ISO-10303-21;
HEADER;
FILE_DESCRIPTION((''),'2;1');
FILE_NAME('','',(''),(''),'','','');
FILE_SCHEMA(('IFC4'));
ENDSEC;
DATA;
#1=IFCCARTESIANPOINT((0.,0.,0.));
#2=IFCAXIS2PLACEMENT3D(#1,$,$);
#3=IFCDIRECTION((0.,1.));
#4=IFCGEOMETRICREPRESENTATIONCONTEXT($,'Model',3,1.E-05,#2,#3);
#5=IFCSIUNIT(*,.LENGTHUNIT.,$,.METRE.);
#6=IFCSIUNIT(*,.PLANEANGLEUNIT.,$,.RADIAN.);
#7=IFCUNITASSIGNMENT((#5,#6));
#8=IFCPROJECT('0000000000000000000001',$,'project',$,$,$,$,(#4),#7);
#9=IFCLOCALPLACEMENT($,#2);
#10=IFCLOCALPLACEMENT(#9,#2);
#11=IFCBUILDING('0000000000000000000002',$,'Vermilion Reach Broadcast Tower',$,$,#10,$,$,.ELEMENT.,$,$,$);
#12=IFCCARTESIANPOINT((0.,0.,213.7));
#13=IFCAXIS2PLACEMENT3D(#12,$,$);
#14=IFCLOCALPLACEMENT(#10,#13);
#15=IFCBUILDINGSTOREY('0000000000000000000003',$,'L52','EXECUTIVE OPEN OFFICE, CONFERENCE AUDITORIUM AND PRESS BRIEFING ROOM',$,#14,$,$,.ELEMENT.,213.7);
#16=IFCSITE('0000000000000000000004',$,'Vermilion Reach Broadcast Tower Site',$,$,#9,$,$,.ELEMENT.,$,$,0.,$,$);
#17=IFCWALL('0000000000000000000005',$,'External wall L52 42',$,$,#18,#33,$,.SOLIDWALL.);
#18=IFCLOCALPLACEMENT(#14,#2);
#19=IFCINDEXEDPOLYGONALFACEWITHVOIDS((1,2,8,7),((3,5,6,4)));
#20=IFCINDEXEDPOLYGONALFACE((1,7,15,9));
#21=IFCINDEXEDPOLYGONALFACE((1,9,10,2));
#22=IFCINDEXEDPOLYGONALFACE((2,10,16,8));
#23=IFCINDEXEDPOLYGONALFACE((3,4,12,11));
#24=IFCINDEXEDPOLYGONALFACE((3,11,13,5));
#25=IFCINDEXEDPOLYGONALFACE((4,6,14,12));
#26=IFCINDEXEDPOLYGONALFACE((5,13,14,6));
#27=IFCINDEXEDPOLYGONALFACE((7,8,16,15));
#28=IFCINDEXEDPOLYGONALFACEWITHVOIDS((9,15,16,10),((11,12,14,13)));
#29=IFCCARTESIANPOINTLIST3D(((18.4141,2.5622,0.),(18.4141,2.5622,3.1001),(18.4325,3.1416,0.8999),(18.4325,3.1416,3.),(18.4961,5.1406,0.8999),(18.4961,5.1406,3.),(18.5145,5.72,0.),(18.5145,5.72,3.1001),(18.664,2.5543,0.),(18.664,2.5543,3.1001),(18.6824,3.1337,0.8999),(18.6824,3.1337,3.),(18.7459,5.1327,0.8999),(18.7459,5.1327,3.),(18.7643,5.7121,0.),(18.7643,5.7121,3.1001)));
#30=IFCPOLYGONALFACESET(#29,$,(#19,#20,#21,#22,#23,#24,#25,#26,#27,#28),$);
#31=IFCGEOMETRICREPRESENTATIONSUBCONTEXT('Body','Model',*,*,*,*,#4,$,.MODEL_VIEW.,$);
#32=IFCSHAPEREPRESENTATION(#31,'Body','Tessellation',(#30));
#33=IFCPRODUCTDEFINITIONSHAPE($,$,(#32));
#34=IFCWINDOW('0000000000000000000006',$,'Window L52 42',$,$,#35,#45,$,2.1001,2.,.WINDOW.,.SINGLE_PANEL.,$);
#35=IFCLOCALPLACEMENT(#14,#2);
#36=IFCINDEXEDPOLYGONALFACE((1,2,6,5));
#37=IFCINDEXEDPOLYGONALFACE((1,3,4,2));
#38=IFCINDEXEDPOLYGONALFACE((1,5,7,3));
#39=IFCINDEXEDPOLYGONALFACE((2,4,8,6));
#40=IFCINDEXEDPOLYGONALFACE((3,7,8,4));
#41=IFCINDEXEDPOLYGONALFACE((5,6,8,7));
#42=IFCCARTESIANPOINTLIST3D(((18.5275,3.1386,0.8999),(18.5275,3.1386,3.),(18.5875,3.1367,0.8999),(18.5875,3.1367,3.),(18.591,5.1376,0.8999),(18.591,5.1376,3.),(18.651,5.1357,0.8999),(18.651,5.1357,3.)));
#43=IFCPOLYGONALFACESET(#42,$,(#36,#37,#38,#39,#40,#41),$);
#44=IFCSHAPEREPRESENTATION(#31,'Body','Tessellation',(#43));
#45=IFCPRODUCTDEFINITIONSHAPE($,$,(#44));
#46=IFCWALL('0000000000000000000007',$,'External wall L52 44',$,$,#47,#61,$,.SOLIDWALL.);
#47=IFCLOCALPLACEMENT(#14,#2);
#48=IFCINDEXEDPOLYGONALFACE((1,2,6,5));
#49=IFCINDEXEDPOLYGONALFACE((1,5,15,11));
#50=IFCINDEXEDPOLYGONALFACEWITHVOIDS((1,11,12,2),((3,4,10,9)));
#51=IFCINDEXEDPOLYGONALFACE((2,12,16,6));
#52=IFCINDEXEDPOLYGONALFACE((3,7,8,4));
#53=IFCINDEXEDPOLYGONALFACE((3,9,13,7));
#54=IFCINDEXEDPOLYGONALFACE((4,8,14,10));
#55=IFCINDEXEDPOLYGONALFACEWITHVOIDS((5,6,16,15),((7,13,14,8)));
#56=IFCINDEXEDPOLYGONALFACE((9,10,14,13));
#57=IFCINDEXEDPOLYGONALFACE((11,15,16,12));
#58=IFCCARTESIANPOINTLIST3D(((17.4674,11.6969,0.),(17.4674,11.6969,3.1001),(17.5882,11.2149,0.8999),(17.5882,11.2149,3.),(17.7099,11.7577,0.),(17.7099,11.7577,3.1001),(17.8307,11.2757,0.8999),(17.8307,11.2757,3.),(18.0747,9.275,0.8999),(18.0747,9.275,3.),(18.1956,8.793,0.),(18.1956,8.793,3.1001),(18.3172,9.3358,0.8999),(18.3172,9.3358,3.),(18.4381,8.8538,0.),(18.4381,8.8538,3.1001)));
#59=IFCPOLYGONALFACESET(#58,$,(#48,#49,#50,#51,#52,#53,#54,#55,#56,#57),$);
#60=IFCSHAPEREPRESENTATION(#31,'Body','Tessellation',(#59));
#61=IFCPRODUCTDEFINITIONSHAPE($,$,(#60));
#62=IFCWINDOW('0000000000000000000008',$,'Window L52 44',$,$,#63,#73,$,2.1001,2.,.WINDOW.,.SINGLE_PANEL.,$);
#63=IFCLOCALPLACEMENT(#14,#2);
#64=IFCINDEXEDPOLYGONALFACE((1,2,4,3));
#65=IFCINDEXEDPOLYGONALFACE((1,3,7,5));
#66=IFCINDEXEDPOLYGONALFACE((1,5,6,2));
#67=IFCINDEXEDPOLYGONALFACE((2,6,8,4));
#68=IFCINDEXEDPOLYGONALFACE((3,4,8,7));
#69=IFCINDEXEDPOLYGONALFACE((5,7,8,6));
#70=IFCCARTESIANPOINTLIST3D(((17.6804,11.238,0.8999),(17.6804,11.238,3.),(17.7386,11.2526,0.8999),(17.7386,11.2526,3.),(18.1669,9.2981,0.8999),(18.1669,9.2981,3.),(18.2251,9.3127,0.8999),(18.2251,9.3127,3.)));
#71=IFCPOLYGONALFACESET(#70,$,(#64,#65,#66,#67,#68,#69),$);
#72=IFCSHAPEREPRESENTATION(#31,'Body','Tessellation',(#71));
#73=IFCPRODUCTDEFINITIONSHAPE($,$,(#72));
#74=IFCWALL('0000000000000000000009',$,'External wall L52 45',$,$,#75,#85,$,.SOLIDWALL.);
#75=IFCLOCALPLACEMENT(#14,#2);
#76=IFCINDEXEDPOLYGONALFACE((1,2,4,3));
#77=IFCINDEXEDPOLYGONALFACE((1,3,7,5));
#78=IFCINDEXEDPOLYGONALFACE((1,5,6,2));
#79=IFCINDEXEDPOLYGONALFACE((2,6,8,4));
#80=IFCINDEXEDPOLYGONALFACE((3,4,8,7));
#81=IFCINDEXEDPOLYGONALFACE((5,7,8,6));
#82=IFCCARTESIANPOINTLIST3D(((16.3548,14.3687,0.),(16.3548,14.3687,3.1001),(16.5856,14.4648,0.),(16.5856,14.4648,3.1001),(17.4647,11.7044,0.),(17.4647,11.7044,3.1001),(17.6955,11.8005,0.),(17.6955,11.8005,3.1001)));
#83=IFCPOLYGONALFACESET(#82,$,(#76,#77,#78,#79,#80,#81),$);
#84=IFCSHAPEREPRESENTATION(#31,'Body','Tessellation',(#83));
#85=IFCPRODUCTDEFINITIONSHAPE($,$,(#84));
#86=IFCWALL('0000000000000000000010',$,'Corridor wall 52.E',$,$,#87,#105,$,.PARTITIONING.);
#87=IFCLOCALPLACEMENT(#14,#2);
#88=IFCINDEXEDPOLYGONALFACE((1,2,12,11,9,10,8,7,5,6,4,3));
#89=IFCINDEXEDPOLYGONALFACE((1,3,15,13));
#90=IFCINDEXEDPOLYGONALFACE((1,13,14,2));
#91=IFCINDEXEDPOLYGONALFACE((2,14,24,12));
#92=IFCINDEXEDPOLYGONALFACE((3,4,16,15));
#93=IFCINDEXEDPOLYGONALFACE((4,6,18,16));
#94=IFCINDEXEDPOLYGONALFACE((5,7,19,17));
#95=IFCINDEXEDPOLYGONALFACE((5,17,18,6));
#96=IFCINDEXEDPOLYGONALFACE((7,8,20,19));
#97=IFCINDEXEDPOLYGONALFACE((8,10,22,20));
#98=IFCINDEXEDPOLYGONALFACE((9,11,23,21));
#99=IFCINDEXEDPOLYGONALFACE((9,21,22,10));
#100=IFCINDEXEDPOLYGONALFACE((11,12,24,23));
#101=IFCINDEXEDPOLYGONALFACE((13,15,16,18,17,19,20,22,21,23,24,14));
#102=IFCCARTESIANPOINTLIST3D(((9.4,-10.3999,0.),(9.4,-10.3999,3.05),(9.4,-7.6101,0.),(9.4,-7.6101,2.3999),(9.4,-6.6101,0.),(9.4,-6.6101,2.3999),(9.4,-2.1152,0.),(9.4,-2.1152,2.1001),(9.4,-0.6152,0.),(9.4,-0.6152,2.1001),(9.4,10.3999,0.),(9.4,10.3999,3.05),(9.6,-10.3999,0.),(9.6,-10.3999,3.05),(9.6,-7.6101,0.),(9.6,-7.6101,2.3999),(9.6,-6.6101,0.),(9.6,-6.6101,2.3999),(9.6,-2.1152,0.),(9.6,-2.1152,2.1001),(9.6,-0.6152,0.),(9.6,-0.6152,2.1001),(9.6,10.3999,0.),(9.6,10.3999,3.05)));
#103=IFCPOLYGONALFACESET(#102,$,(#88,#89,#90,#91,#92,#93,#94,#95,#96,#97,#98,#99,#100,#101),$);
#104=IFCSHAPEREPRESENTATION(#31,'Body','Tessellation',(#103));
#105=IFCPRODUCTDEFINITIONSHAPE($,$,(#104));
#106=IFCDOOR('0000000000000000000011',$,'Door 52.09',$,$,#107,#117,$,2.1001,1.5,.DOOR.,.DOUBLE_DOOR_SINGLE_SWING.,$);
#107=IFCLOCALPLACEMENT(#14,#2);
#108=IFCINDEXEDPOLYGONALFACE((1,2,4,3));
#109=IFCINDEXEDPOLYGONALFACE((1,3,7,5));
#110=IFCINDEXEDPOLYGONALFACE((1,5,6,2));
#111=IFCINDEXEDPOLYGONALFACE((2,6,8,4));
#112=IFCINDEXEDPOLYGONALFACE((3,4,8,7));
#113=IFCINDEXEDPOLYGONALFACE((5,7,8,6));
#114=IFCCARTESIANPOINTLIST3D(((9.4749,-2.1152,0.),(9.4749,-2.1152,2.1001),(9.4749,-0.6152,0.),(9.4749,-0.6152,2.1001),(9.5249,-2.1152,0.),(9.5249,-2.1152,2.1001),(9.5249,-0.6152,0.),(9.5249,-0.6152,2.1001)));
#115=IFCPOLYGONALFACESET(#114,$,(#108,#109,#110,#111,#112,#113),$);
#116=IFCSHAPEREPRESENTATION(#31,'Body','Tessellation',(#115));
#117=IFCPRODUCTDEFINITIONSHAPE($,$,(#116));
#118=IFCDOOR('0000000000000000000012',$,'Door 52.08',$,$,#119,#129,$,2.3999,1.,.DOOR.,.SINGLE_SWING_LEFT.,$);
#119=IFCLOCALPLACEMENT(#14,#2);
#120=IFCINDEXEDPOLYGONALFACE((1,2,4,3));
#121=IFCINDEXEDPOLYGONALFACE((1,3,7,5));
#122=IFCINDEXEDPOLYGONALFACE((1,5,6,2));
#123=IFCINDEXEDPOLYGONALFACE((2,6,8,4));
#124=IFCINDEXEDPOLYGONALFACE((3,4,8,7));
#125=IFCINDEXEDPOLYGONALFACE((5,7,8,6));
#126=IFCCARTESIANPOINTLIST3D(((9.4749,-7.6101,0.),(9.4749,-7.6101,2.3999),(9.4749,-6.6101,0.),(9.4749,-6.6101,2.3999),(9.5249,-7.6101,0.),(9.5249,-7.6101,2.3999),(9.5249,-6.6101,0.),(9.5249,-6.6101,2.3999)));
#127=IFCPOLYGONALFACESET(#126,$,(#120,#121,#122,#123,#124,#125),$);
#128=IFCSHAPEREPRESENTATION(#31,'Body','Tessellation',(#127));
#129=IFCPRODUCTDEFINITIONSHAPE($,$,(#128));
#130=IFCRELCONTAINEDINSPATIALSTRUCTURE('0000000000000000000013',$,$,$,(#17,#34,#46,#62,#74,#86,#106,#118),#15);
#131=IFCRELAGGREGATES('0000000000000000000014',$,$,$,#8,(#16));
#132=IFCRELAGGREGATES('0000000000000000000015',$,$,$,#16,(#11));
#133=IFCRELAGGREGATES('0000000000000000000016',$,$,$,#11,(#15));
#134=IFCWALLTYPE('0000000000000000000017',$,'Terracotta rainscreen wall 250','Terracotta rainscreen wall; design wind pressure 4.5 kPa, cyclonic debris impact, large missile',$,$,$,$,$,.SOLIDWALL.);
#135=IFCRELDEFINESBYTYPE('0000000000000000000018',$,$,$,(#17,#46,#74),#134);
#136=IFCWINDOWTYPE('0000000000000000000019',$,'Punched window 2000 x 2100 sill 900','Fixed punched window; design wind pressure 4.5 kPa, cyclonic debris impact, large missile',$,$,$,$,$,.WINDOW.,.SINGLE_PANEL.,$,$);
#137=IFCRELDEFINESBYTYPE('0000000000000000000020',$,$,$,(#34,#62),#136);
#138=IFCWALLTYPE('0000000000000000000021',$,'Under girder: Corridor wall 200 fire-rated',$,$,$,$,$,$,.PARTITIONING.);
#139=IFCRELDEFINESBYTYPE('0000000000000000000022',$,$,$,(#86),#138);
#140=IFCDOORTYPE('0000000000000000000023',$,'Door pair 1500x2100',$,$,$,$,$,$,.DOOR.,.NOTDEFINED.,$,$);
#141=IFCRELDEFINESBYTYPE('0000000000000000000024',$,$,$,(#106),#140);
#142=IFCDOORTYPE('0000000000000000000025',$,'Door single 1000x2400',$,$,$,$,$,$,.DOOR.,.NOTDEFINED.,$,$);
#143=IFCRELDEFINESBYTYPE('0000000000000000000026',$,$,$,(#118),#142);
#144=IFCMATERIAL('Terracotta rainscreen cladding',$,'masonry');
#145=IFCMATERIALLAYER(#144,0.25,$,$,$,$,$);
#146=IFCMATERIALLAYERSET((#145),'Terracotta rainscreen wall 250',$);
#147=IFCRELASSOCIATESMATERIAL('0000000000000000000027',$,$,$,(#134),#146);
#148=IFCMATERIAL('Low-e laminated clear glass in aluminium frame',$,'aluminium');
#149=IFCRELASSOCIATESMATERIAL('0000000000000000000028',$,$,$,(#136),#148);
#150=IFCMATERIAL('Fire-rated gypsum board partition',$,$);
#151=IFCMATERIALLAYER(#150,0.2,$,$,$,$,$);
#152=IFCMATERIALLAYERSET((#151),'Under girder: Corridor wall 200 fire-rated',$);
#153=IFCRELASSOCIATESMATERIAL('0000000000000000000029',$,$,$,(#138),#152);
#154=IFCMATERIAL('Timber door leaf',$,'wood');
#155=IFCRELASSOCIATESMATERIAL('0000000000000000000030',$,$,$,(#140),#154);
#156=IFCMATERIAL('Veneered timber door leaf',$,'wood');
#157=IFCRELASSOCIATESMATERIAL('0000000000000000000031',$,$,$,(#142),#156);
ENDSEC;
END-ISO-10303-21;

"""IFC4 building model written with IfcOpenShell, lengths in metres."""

from ifc_helpers import new_model, si_unit, direction, frame, frame_2d, origin, place, context, subcontext, project, spatial, rectangle, extrude, material, layer, layer_set, type_object, element, fill, save


model = new_model("IFC4")

# Units and contexts
model_context = context("Model", 3, precision=1e-05, world=origin(), true_north=direction((0.0, 1.0)))
body_context = subcontext(model_context, "Body", "Model", "MODEL_VIEW")
ifc_project = project(units=[si_unit("LENGTHUNIT", "METRE"), si_unit("PLANEANGLEUNIT", "RADIAN")], contexts=[model_context])

# Site, building, storey
site_placement = place(None, origin())
site = spatial("IfcSite", under=ifc_project, at=site_placement, Name="Vermilion Reach Broadcast Tower Site", CompositionType="ELEMENT", RefElevation=0.0)
building_placement = place(site_placement, origin())
building = spatial("IfcBuilding", under=site, at=building_placement, Name="Vermilion Reach Broadcast Tower", CompositionType="ELEMENT")
storey_placement = place(building_placement, frame((0.0, 0.0, 213.7)))
storey = spatial("IfcBuildingStorey", under=building, at=storey_placement, Name="L52", Description="EXECUTIVE OPEN OFFICE, CONFERENCE AUDITORIUM AND PRESS BRIEFING ROOM", CompositionType="ELEMENT", Elevation=213.7)

# Wall, opening, window
ifc_material_1 = material(Name="Terracotta rainscreen cladding", Category="masonry")
ifc_layer_1 = layer(ifc_material_1, 0.25)
ifc_layer_set_1 = layer_set([ifc_layer_1], Name="Terracotta rainscreen wall 250")
wall_type_1 = type_object("IfcWallType", Name="Terracotta rainscreen wall 250", Description="Terracotta rainscreen wall; design wind pressure 4.5 kPa, cyclonic debris impact, large missile", PredefinedType="SOLIDWALL", material=ifc_layer_set_1)
wall_1_placement = place(storey_placement, frame((18.5391, 2.5583, 0.0), z_axis=(0.0, 0.0, 1.0), x_axis=(0.031761, 0.999496, 0.0)))
wall_1 = element("IfcWall", 1, at=wall_1_placement, inside=storey, type_object=wall_type_1, Name="External wall L52 42", PredefinedType="SOLIDWALL", context=body_context, shape_type="SweptSolid", body=[
    extrude(rectangle(XDim=3.1594, YDim=0.25, at=frame_2d((1.5796, 0.0))), origin(), (0.0, 0.0, 1.0), 3.1001),
])
opening_1_placement = place(wall_1_placement, frame((0.5796, 0.0, 0.8999)))
opening_1 = element("IfcOpeningElement", 2, at=opening_1_placement, cuts=wall_1, PredefinedType="OPENING", context=body_context, shape_type="SweptSolid", body=[
    extrude(rectangle(XDim=2.0, YDim=2.1001, at=frame_2d((1.0, 1.05))), frame((0.0, 0.135, 0.0), z_axis=(0.0, -1.0, 0.0), x_axis=(1.0, 0.0, 0.0)), (0.0, 0.0, 1.0), 0.27),
])
ifc_material_2 = material(Name="Low-e laminated clear glass in aluminium frame", Category="aluminium")
window_type = type_object("IfcWindowType", Name="Punched window 2000 x 2100 sill 900", Description="Fixed punched window; design wind pressure 4.5 kPa, cyclonic debris impact, large missile", PartitioningType="SINGLE_PANEL", PredefinedType="WINDOW", material=ifc_material_2)
window_1_placement = place(opening_1_placement, origin())
window_1 = element("IfcWindow", 3, at=window_1_placement, inside=storey, type_object=window_type, Name="Window L52 42", OverallHeight=2.1001, OverallWidth=2.0, PartitioningType="SINGLE_PANEL", PredefinedType="WINDOW", context=body_context, shape_type="SweptSolid", body=[
    extrude(rectangle(XDim=2.0, YDim=2.1001, at=frame_2d((1.0, 1.05))), frame((0.0, 0.03, 0.0), z_axis=(0.0, -1.0, 0.0), x_axis=(1.0, 0.0, 0.0)), (0.0, 0.0, 1.0), 0.0601),
])
fill(opening_1, window_1)

# Wall, opening, window
wall_2_placement = place(storey_placement, frame((18.3169, 8.8232, 0.0), z_axis=(0.0, 0.0, 1.0), x_axis=(-0.243245, 0.969965, 0.0)))
wall_2 = element("IfcWall", 4, at=wall_2_placement, inside=storey, type_object=wall_type_1, Name="External wall L52 44", PredefinedType="SOLIDWALL", context=body_context, shape_type="SweptSolid", body=[
    extrude(rectangle(XDim=2.9939, YDim=0.25, at=frame_2d((1.4971, 0.0))), origin(), (0.0, 0.0, 1.0), 3.1001),
])
opening_2_placement = place(wall_2_placement, frame((0.4971, 0.0, 0.8999)))
opening_2 = element("IfcOpeningElement", 5, at=opening_2_placement, cuts=wall_2, PredefinedType="OPENING", context=body_context, shape_type="SweptSolid", body=[
    extrude(rectangle(XDim=2.0, YDim=2.1001, at=frame_2d((1.0, 1.05))), frame((0.0, 0.135, 0.0), z_axis=(0.0, -1.0, 0.0), x_axis=(1.0, 0.0, 0.0)), (0.0, 0.0, 1.0), 0.27),
])
window_2_placement = place(opening_2_placement, origin())
window_2 = element("IfcWindow", 6, at=window_2_placement, inside=storey, type_object=window_type, Name="Window L52 44", OverallHeight=2.1001, OverallWidth=2.0, PartitioningType="SINGLE_PANEL", PredefinedType="WINDOW", context=body_context, shape_type="SweptSolid", body=[
    extrude(rectangle(XDim=2.0, YDim=2.1001, at=frame_2d((1.0, 1.05))), frame((0.0, 0.03, 0.0), z_axis=(0.0, -1.0, 0.0), x_axis=(1.0, 0.0, 0.0)), (0.0, 0.0, 1.0), 0.0601),
])
fill(opening_2, window_2)

# Wall
wall_3_placement = place(storey_placement, frame((17.5801, 11.7524, 0.0), z_axis=(0.0, 0.0, 1.0), x_axis=(-0.384537, 0.923109, 0.0)))
element("IfcWall", 7, at=wall_3_placement, inside=storey, type_object=wall_type_1, Name="External wall L52 45", PredefinedType="SOLIDWALL", context=body_context, shape_type="SweptSolid", body=[
    extrude(rectangle(XDim=2.8862, YDim=0.25, at=frame_2d((1.4431, 0.0))), origin(), (0.0, 0.0, 1.0), 3.1001),
])

# Wall, openings, doors
ifc_material_3 = material(Name="Fire-rated gypsum board partition")
ifc_layer_2 = layer(ifc_material_3, 0.2)
ifc_layer_set_2 = layer_set([ifc_layer_2], Name="Under girder: Corridor wall 200 fire-rated")
wall_type_2 = type_object("IfcWallType", Name="Under girder: Corridor wall 200 fire-rated", PredefinedType="PARTITIONING", material=ifc_layer_set_2)
wall_4_placement = place(storey_placement, frame((9.5, 10.3999, 0.0), z_axis=(0.0, 0.0, 1.0), x_axis=(0.0, -1.0, 0.0)))
wall_4 = element("IfcWall", 8, at=wall_4_placement, inside=storey, type_object=wall_type_2, Name="Corridor wall 52.E", PredefinedType="PARTITIONING", context=body_context, shape_type="SweptSolid", body=[
    extrude(rectangle(XDim=20.7998, YDim=0.2, at=frame_2d((10.3999, 0.0))), origin(), (0.0, 0.0, 1.0), 3.05),
])
opening_3_placement = place(wall_4_placement, frame((17.01, 0.0, 0.0)))
opening_3 = element("IfcOpeningElement", 9, at=opening_3_placement, cuts=wall_4, PredefinedType="OPENING", context=body_context, shape_type="SweptSolid", body=[
    extrude(rectangle(XDim=1.0, YDim=2.3999, at=frame_2d((0.5, 1.2))), frame((0.0, 0.1099, 0.0), z_axis=(0.0, -1.0, 0.0), x_axis=(1.0, 0.0, 0.0)), (0.0, 0.0, 1.0), 0.22),
])
opening_4_placement = place(wall_4_placement, frame((11.0151, 0.0, 0.0)))
opening_4 = element("IfcOpeningElement", 10, at=opening_4_placement, cuts=wall_4, PredefinedType="OPENING", context=body_context, shape_type="SweptSolid", body=[
    extrude(rectangle(XDim=1.5, YDim=2.1001, at=frame_2d((0.75, 1.05))), frame((0.0, 0.1099, 0.0), z_axis=(0.0, -1.0, 0.0), x_axis=(1.0, 0.0, 0.0)), (0.0, 0.0, 1.0), 0.22),
])
ifc_material_4 = material(Name="Timber door leaf", Category="wood")
door_type_1 = type_object("IfcDoorType", Name="Door pair 1500x2100", OperationType="NOTDEFINED", PredefinedType="DOOR", material=ifc_material_4)
door_1_placement = place(opening_4_placement, origin())
door_1 = element("IfcDoor", 11, at=door_1_placement, inside=storey, type_object=door_type_1, Name="Door 52.09", OperationType="DOUBLE_DOOR_SINGLE_SWING", OverallHeight=2.1001, OverallWidth=1.5, PredefinedType="DOOR", context=body_context, shape_type="SweptSolid", body=[
    extrude(rectangle(XDim=1.5, YDim=2.1001, at=frame_2d((0.75, 1.05))), frame((0.0, 0.0249, 0.0), z_axis=(0.0, -1.0, 0.0), x_axis=(1.0, 0.0, 0.0)), (0.0, 0.0, 1.0), 0.05),
])
fill(opening_4, door_1)
ifc_material_5 = material(Name="Veneered timber door leaf", Category="wood")
door_type_2 = type_object("IfcDoorType", Name="Door single 1000x2400", OperationType="NOTDEFINED", PredefinedType="DOOR", material=ifc_material_5)
door_2_placement = place(opening_3_placement, origin())
door_2 = element("IfcDoor", 12, at=door_2_placement, inside=storey, type_object=door_type_2, Name="Door 52.08", OperationType="SINGLE_SWING_LEFT", OverallHeight=2.3999, OverallWidth=1.0, PredefinedType="DOOR", context=body_context, shape_type="SweptSolid", body=[
    extrude(rectangle(XDim=1.0, YDim=2.3999, at=frame_2d((0.5, 1.2))), frame((0.0, 0.0249, 0.0), z_axis=(0.0, -1.0, 0.0), x_axis=(1.0, 0.0, 0.0)), (0.0, 0.0, 1.0), 0.05),
])
fill(opening_3, door_2)

save(model, "model.ifc")
